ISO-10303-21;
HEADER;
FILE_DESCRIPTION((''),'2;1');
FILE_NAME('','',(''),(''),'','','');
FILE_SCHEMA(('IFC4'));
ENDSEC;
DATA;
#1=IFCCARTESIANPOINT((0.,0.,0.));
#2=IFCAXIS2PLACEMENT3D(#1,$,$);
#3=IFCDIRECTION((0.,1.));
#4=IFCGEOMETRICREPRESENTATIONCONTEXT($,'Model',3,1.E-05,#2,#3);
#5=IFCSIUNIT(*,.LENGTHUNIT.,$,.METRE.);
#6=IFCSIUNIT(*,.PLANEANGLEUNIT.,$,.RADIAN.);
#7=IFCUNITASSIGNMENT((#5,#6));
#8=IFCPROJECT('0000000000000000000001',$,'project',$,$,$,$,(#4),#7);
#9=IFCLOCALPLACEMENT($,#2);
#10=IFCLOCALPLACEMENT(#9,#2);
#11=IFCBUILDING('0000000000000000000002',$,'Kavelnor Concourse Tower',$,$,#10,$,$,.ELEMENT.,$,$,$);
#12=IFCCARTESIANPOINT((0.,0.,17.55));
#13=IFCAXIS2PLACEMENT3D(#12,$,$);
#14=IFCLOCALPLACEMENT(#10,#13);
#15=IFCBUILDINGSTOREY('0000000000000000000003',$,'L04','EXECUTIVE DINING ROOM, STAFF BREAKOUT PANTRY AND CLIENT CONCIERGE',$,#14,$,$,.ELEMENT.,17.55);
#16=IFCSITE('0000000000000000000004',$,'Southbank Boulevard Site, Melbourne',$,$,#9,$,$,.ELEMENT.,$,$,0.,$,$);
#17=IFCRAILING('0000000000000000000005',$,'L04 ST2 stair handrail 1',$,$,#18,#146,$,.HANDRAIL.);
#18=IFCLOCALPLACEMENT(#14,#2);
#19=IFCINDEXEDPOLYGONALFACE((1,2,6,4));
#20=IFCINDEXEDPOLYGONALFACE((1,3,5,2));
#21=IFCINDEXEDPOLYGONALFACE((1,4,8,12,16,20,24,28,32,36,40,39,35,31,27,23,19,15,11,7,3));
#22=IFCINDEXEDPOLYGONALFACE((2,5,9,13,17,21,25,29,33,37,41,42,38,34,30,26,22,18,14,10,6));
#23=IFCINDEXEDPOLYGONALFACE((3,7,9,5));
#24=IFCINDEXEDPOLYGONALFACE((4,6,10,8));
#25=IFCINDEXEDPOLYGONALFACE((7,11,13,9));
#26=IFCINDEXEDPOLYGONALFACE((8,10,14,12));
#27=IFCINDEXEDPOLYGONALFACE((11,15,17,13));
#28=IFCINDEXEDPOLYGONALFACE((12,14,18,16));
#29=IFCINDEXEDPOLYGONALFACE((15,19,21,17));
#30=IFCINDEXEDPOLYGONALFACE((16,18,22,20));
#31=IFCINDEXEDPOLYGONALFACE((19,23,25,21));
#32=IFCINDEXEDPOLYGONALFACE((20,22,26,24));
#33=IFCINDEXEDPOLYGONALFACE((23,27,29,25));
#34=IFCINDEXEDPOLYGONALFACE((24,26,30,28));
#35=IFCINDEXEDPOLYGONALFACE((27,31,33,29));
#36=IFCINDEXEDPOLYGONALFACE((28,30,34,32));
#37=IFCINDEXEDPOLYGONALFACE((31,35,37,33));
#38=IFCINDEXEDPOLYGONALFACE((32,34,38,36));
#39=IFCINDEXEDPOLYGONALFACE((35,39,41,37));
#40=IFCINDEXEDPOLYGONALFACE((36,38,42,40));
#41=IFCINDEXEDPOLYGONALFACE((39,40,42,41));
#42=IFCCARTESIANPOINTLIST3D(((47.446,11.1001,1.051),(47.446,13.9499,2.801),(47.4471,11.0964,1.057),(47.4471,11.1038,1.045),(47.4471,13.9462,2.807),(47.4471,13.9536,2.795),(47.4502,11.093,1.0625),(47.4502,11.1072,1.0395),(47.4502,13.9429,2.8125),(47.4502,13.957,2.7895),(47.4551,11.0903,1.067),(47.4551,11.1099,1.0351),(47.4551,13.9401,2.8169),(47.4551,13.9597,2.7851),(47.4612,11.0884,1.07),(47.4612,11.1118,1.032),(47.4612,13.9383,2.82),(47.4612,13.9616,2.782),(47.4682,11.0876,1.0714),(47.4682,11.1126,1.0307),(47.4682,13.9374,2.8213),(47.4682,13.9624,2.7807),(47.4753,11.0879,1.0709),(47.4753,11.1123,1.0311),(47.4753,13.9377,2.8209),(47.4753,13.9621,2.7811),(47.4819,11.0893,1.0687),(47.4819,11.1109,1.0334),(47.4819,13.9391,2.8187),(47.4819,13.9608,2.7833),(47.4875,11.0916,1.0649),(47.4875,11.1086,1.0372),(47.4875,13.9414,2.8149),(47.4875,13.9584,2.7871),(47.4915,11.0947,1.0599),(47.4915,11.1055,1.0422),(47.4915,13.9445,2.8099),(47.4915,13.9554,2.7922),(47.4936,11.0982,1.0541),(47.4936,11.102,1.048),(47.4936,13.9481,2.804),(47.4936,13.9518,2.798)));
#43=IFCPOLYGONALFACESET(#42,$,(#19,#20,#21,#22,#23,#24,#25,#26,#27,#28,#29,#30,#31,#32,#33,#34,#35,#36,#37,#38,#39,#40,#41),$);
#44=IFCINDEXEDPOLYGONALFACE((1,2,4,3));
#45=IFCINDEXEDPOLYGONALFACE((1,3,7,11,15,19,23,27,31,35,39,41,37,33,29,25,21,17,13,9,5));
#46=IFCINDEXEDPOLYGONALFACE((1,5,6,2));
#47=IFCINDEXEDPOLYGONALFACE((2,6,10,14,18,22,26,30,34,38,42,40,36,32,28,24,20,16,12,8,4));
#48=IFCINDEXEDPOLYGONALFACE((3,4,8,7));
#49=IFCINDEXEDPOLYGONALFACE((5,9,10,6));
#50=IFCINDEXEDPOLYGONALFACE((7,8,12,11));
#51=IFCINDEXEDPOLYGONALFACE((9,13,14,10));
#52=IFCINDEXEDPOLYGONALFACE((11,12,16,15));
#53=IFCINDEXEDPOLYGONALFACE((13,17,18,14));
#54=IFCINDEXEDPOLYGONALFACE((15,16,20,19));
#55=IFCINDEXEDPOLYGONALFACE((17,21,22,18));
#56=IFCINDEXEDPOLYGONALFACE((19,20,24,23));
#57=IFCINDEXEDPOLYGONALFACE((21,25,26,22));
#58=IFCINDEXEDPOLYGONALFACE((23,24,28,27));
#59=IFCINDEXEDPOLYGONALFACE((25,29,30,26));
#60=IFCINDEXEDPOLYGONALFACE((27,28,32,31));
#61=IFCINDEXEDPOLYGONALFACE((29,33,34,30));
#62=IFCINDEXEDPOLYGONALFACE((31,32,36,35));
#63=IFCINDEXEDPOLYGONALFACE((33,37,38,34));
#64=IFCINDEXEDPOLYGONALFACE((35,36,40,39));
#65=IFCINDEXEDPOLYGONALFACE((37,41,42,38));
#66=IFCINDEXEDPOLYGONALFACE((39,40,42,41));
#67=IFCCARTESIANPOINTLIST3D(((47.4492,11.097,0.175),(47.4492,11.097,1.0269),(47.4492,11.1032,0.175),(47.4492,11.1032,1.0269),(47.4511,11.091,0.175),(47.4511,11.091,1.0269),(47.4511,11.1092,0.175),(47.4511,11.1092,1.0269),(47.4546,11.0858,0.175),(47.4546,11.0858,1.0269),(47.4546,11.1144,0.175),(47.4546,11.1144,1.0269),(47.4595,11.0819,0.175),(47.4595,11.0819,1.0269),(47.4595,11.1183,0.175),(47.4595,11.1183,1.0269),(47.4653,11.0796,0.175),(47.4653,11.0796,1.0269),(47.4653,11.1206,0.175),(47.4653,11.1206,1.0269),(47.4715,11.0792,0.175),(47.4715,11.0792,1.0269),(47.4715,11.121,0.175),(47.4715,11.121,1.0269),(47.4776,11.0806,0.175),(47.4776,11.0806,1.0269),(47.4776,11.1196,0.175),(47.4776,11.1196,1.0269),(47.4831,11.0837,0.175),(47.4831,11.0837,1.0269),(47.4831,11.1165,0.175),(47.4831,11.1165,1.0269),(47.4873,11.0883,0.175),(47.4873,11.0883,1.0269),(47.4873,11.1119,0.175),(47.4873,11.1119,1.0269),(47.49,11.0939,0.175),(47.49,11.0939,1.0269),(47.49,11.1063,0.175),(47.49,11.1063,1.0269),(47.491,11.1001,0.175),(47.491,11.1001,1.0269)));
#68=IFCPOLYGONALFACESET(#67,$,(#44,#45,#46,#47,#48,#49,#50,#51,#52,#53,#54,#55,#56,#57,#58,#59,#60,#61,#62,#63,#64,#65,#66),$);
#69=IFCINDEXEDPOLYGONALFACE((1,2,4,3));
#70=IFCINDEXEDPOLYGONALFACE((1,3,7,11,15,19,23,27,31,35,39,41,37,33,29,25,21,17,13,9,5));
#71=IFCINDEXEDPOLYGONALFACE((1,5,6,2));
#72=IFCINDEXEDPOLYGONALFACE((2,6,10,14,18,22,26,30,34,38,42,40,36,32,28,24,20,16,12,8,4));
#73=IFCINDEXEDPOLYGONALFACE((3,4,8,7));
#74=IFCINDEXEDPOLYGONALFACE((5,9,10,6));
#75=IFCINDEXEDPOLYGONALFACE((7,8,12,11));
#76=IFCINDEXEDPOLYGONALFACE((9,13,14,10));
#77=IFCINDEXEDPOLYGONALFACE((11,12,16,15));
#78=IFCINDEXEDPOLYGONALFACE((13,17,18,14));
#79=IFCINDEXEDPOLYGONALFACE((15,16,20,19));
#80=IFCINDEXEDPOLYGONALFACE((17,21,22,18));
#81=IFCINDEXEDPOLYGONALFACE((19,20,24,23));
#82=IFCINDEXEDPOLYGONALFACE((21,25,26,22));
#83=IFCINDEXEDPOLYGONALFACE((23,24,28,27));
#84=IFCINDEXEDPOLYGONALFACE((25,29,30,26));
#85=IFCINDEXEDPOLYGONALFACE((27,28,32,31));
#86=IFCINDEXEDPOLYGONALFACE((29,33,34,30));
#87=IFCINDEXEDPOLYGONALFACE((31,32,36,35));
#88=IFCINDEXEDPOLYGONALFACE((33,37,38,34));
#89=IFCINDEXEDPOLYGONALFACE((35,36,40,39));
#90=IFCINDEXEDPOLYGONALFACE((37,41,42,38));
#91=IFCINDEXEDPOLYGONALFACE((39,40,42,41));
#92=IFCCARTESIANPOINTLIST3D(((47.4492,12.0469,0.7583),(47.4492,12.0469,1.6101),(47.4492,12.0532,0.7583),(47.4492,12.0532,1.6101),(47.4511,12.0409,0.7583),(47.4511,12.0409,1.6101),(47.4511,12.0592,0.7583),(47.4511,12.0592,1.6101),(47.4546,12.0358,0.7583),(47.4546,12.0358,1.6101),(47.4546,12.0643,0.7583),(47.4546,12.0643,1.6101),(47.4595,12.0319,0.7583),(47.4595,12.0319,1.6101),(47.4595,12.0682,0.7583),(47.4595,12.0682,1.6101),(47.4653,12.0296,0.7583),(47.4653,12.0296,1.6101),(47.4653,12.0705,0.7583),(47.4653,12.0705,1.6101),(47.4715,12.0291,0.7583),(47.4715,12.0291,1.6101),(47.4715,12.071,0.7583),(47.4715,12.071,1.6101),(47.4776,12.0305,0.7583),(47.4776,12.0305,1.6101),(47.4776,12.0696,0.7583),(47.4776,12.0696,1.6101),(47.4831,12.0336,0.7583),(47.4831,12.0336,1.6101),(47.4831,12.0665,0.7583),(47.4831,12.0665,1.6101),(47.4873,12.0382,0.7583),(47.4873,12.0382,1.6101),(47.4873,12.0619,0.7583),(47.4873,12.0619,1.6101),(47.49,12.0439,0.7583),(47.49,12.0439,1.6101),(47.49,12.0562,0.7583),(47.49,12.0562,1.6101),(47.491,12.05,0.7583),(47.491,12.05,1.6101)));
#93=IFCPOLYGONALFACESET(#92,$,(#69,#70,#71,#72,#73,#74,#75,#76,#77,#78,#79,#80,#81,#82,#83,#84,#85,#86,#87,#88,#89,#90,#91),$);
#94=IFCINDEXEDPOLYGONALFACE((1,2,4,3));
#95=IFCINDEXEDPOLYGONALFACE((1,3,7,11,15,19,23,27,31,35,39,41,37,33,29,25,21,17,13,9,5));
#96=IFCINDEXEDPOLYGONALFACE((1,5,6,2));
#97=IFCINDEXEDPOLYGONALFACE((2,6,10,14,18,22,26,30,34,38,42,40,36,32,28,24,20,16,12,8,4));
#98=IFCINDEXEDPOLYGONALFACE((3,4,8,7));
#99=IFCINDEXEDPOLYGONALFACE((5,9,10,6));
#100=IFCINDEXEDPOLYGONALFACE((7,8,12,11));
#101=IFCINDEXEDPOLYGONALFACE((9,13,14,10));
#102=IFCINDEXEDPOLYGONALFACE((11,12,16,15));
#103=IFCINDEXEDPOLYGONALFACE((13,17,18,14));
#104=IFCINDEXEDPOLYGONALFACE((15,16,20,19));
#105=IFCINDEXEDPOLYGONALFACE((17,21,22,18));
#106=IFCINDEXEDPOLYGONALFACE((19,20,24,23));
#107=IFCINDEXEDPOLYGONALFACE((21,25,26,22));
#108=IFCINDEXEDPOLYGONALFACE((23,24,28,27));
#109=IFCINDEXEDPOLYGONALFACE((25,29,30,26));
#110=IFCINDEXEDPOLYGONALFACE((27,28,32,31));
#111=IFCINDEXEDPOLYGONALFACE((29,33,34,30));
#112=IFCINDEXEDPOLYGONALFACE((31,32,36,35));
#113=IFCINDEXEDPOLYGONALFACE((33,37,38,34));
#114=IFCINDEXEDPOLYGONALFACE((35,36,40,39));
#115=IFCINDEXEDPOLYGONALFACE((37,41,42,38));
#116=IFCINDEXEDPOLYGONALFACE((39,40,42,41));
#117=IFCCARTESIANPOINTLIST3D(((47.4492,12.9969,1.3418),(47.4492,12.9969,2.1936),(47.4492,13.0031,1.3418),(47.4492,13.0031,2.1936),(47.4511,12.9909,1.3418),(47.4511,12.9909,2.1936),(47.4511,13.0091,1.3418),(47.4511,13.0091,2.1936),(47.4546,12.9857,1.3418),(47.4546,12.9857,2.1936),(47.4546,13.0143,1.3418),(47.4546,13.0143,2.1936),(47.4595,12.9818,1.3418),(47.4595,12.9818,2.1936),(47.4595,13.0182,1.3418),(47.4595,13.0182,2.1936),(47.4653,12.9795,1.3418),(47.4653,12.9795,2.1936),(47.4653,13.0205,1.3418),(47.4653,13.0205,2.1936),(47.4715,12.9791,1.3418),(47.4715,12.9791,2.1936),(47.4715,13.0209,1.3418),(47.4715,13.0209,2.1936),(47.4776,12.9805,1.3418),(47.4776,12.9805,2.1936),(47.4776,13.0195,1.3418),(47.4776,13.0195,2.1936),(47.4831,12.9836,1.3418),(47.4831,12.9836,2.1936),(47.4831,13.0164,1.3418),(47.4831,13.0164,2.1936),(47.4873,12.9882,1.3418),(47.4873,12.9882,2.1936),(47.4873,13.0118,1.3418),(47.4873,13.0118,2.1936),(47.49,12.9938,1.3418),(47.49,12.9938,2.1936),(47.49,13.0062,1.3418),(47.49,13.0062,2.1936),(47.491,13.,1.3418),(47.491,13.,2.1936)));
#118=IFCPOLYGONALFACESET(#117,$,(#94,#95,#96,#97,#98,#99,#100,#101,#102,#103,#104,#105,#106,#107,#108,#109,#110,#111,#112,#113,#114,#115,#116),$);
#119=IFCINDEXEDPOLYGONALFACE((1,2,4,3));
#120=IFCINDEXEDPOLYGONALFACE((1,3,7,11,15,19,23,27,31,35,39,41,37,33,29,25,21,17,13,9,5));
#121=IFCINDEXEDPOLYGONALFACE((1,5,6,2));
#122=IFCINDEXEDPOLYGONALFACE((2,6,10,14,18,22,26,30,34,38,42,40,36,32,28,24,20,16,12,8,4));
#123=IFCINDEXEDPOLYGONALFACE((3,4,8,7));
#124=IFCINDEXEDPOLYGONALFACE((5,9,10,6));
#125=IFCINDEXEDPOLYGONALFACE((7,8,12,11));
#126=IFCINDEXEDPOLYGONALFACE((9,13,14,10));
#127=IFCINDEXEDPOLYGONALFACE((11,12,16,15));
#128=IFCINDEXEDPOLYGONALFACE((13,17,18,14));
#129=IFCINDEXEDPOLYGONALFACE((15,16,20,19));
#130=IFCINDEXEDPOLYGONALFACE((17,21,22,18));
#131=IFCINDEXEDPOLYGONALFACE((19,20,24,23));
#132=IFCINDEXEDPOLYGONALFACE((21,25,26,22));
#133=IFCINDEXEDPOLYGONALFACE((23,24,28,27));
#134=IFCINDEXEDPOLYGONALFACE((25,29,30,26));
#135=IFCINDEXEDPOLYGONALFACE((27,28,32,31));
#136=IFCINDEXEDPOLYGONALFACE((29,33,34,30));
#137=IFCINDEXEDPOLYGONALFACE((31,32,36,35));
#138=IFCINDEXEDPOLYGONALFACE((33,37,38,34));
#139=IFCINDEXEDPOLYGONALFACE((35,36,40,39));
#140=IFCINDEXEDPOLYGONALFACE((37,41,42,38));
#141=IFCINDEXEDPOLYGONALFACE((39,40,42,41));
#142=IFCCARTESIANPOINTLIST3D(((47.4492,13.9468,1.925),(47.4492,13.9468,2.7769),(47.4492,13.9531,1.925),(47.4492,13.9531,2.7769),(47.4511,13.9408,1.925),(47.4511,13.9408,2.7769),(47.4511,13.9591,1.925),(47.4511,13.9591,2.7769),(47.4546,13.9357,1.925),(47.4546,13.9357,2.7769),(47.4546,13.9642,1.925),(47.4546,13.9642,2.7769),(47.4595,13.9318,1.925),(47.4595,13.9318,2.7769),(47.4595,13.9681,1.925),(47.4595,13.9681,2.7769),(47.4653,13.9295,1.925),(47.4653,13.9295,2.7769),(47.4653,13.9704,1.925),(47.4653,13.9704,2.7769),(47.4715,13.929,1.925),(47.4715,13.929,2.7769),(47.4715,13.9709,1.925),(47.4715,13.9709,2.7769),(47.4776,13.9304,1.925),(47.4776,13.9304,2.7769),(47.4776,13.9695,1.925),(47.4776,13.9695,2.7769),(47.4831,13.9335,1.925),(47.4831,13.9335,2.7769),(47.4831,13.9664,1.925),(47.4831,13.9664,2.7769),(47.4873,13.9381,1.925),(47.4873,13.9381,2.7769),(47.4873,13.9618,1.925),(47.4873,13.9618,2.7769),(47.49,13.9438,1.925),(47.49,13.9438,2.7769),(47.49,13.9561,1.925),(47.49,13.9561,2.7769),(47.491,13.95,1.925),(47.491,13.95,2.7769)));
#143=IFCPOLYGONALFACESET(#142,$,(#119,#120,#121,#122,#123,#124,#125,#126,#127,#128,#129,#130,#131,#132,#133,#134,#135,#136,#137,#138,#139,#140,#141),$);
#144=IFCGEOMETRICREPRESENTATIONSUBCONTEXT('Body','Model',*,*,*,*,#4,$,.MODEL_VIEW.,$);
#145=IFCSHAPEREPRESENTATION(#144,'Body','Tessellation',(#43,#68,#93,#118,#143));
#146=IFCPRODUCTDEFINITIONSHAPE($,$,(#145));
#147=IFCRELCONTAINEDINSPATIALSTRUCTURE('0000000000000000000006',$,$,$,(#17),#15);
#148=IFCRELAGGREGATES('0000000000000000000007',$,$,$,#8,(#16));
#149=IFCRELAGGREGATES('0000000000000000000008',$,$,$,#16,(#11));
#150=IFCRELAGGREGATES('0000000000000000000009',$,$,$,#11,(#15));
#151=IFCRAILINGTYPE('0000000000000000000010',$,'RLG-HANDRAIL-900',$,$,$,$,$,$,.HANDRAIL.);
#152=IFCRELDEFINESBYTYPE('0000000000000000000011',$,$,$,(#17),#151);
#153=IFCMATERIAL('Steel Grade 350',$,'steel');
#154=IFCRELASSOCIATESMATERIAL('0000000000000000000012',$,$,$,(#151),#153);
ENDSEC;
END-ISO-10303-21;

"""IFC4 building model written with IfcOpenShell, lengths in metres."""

from ifc_helpers import new_model, si_unit, direction, frame, origin, origin_2d, place, context, subcontext, project, spatial, circle, extrude, material, type_object, element, save


model = new_model("IFC4")

# Units and contexts
model_context = context("Model", 3, precision=1e-05, world=origin(), true_north=direction((0.0, 1.0)))
body_context = subcontext(model_context, "Body", "Model", "MODEL_VIEW")
ifc_project = project(units=[si_unit("LENGTHUNIT", "METRE"), si_unit("PLANEANGLEUNIT", "RADIAN")], contexts=[model_context])

# Site, building, storey
site_placement = place(None, origin())
site = spatial("IfcSite", under=ifc_project, at=site_placement, Name="Southbank Boulevard Site, Melbourne", CompositionType="ELEMENT", RefElevation=0.0)
building_placement = place(site_placement, origin())
building = spatial("IfcBuilding", under=site, at=building_placement, Name="Kavelnor Concourse Tower", CompositionType="ELEMENT")
storey_placement = place(building_placement, frame((0.0, 0.0, 17.55)))
storey = spatial("IfcBuildingStorey", under=building, at=storey_placement, Name="L04", Description="EXECUTIVE DINING ROOM, STAFF BREAKOUT PANTRY AND CLIENT CONCIERGE", CompositionType="ELEMENT", Elevation=17.55)

# Shared definitions
ifc_material_1 = material(Name="Steel Grade 350", Category="steel")

# Railing
railing_type_1 = type_object("IfcRailingType", Name="RLG-HANDRAIL-900", PredefinedType="HANDRAIL", material=ifc_material_1)
railing_1_placement = place(storey_placement, frame((47.47, 11.1001, 0.175)))
element("IfcRailing", 1, at=railing_1_placement, inside=storey, type_object=railing_type_1, Name="L04 ST2 stair handrail 1", PredefinedType="HANDRAIL", context=body_context, shape_type="SweptSolid", body=[
    extrude(circle(Radius=0.0239, at=origin_2d()), frame((0.0, 0.0, 0.876), z_axis=(0.0, 0.852159, 0.523283), x_axis=(-1.0, 0.0, 0.0)), (0.0, 0.0, 1.0), 3.3442),
    extrude(circle(Radius=0.021, at=origin_2d()), origin(), (0.0, 0.0, 1.0), 0.8518),
    extrude(circle(Radius=0.021, at=origin_2d()), frame((0.0, 0.95, 0.5833)), (0.0, 0.0, 1.0), 0.8518),
    extrude(circle(Radius=0.021, at=origin_2d()), frame((0.0, 1.8999, 1.1667)), (0.0, 0.0, 1.0), 0.8518),
    extrude(circle(Radius=0.021, at=origin_2d()), frame((0.0, 2.8499, 1.75)), (0.0, 0.0, 1.0), 0.8518),
])

save(model, "model.ifc")
